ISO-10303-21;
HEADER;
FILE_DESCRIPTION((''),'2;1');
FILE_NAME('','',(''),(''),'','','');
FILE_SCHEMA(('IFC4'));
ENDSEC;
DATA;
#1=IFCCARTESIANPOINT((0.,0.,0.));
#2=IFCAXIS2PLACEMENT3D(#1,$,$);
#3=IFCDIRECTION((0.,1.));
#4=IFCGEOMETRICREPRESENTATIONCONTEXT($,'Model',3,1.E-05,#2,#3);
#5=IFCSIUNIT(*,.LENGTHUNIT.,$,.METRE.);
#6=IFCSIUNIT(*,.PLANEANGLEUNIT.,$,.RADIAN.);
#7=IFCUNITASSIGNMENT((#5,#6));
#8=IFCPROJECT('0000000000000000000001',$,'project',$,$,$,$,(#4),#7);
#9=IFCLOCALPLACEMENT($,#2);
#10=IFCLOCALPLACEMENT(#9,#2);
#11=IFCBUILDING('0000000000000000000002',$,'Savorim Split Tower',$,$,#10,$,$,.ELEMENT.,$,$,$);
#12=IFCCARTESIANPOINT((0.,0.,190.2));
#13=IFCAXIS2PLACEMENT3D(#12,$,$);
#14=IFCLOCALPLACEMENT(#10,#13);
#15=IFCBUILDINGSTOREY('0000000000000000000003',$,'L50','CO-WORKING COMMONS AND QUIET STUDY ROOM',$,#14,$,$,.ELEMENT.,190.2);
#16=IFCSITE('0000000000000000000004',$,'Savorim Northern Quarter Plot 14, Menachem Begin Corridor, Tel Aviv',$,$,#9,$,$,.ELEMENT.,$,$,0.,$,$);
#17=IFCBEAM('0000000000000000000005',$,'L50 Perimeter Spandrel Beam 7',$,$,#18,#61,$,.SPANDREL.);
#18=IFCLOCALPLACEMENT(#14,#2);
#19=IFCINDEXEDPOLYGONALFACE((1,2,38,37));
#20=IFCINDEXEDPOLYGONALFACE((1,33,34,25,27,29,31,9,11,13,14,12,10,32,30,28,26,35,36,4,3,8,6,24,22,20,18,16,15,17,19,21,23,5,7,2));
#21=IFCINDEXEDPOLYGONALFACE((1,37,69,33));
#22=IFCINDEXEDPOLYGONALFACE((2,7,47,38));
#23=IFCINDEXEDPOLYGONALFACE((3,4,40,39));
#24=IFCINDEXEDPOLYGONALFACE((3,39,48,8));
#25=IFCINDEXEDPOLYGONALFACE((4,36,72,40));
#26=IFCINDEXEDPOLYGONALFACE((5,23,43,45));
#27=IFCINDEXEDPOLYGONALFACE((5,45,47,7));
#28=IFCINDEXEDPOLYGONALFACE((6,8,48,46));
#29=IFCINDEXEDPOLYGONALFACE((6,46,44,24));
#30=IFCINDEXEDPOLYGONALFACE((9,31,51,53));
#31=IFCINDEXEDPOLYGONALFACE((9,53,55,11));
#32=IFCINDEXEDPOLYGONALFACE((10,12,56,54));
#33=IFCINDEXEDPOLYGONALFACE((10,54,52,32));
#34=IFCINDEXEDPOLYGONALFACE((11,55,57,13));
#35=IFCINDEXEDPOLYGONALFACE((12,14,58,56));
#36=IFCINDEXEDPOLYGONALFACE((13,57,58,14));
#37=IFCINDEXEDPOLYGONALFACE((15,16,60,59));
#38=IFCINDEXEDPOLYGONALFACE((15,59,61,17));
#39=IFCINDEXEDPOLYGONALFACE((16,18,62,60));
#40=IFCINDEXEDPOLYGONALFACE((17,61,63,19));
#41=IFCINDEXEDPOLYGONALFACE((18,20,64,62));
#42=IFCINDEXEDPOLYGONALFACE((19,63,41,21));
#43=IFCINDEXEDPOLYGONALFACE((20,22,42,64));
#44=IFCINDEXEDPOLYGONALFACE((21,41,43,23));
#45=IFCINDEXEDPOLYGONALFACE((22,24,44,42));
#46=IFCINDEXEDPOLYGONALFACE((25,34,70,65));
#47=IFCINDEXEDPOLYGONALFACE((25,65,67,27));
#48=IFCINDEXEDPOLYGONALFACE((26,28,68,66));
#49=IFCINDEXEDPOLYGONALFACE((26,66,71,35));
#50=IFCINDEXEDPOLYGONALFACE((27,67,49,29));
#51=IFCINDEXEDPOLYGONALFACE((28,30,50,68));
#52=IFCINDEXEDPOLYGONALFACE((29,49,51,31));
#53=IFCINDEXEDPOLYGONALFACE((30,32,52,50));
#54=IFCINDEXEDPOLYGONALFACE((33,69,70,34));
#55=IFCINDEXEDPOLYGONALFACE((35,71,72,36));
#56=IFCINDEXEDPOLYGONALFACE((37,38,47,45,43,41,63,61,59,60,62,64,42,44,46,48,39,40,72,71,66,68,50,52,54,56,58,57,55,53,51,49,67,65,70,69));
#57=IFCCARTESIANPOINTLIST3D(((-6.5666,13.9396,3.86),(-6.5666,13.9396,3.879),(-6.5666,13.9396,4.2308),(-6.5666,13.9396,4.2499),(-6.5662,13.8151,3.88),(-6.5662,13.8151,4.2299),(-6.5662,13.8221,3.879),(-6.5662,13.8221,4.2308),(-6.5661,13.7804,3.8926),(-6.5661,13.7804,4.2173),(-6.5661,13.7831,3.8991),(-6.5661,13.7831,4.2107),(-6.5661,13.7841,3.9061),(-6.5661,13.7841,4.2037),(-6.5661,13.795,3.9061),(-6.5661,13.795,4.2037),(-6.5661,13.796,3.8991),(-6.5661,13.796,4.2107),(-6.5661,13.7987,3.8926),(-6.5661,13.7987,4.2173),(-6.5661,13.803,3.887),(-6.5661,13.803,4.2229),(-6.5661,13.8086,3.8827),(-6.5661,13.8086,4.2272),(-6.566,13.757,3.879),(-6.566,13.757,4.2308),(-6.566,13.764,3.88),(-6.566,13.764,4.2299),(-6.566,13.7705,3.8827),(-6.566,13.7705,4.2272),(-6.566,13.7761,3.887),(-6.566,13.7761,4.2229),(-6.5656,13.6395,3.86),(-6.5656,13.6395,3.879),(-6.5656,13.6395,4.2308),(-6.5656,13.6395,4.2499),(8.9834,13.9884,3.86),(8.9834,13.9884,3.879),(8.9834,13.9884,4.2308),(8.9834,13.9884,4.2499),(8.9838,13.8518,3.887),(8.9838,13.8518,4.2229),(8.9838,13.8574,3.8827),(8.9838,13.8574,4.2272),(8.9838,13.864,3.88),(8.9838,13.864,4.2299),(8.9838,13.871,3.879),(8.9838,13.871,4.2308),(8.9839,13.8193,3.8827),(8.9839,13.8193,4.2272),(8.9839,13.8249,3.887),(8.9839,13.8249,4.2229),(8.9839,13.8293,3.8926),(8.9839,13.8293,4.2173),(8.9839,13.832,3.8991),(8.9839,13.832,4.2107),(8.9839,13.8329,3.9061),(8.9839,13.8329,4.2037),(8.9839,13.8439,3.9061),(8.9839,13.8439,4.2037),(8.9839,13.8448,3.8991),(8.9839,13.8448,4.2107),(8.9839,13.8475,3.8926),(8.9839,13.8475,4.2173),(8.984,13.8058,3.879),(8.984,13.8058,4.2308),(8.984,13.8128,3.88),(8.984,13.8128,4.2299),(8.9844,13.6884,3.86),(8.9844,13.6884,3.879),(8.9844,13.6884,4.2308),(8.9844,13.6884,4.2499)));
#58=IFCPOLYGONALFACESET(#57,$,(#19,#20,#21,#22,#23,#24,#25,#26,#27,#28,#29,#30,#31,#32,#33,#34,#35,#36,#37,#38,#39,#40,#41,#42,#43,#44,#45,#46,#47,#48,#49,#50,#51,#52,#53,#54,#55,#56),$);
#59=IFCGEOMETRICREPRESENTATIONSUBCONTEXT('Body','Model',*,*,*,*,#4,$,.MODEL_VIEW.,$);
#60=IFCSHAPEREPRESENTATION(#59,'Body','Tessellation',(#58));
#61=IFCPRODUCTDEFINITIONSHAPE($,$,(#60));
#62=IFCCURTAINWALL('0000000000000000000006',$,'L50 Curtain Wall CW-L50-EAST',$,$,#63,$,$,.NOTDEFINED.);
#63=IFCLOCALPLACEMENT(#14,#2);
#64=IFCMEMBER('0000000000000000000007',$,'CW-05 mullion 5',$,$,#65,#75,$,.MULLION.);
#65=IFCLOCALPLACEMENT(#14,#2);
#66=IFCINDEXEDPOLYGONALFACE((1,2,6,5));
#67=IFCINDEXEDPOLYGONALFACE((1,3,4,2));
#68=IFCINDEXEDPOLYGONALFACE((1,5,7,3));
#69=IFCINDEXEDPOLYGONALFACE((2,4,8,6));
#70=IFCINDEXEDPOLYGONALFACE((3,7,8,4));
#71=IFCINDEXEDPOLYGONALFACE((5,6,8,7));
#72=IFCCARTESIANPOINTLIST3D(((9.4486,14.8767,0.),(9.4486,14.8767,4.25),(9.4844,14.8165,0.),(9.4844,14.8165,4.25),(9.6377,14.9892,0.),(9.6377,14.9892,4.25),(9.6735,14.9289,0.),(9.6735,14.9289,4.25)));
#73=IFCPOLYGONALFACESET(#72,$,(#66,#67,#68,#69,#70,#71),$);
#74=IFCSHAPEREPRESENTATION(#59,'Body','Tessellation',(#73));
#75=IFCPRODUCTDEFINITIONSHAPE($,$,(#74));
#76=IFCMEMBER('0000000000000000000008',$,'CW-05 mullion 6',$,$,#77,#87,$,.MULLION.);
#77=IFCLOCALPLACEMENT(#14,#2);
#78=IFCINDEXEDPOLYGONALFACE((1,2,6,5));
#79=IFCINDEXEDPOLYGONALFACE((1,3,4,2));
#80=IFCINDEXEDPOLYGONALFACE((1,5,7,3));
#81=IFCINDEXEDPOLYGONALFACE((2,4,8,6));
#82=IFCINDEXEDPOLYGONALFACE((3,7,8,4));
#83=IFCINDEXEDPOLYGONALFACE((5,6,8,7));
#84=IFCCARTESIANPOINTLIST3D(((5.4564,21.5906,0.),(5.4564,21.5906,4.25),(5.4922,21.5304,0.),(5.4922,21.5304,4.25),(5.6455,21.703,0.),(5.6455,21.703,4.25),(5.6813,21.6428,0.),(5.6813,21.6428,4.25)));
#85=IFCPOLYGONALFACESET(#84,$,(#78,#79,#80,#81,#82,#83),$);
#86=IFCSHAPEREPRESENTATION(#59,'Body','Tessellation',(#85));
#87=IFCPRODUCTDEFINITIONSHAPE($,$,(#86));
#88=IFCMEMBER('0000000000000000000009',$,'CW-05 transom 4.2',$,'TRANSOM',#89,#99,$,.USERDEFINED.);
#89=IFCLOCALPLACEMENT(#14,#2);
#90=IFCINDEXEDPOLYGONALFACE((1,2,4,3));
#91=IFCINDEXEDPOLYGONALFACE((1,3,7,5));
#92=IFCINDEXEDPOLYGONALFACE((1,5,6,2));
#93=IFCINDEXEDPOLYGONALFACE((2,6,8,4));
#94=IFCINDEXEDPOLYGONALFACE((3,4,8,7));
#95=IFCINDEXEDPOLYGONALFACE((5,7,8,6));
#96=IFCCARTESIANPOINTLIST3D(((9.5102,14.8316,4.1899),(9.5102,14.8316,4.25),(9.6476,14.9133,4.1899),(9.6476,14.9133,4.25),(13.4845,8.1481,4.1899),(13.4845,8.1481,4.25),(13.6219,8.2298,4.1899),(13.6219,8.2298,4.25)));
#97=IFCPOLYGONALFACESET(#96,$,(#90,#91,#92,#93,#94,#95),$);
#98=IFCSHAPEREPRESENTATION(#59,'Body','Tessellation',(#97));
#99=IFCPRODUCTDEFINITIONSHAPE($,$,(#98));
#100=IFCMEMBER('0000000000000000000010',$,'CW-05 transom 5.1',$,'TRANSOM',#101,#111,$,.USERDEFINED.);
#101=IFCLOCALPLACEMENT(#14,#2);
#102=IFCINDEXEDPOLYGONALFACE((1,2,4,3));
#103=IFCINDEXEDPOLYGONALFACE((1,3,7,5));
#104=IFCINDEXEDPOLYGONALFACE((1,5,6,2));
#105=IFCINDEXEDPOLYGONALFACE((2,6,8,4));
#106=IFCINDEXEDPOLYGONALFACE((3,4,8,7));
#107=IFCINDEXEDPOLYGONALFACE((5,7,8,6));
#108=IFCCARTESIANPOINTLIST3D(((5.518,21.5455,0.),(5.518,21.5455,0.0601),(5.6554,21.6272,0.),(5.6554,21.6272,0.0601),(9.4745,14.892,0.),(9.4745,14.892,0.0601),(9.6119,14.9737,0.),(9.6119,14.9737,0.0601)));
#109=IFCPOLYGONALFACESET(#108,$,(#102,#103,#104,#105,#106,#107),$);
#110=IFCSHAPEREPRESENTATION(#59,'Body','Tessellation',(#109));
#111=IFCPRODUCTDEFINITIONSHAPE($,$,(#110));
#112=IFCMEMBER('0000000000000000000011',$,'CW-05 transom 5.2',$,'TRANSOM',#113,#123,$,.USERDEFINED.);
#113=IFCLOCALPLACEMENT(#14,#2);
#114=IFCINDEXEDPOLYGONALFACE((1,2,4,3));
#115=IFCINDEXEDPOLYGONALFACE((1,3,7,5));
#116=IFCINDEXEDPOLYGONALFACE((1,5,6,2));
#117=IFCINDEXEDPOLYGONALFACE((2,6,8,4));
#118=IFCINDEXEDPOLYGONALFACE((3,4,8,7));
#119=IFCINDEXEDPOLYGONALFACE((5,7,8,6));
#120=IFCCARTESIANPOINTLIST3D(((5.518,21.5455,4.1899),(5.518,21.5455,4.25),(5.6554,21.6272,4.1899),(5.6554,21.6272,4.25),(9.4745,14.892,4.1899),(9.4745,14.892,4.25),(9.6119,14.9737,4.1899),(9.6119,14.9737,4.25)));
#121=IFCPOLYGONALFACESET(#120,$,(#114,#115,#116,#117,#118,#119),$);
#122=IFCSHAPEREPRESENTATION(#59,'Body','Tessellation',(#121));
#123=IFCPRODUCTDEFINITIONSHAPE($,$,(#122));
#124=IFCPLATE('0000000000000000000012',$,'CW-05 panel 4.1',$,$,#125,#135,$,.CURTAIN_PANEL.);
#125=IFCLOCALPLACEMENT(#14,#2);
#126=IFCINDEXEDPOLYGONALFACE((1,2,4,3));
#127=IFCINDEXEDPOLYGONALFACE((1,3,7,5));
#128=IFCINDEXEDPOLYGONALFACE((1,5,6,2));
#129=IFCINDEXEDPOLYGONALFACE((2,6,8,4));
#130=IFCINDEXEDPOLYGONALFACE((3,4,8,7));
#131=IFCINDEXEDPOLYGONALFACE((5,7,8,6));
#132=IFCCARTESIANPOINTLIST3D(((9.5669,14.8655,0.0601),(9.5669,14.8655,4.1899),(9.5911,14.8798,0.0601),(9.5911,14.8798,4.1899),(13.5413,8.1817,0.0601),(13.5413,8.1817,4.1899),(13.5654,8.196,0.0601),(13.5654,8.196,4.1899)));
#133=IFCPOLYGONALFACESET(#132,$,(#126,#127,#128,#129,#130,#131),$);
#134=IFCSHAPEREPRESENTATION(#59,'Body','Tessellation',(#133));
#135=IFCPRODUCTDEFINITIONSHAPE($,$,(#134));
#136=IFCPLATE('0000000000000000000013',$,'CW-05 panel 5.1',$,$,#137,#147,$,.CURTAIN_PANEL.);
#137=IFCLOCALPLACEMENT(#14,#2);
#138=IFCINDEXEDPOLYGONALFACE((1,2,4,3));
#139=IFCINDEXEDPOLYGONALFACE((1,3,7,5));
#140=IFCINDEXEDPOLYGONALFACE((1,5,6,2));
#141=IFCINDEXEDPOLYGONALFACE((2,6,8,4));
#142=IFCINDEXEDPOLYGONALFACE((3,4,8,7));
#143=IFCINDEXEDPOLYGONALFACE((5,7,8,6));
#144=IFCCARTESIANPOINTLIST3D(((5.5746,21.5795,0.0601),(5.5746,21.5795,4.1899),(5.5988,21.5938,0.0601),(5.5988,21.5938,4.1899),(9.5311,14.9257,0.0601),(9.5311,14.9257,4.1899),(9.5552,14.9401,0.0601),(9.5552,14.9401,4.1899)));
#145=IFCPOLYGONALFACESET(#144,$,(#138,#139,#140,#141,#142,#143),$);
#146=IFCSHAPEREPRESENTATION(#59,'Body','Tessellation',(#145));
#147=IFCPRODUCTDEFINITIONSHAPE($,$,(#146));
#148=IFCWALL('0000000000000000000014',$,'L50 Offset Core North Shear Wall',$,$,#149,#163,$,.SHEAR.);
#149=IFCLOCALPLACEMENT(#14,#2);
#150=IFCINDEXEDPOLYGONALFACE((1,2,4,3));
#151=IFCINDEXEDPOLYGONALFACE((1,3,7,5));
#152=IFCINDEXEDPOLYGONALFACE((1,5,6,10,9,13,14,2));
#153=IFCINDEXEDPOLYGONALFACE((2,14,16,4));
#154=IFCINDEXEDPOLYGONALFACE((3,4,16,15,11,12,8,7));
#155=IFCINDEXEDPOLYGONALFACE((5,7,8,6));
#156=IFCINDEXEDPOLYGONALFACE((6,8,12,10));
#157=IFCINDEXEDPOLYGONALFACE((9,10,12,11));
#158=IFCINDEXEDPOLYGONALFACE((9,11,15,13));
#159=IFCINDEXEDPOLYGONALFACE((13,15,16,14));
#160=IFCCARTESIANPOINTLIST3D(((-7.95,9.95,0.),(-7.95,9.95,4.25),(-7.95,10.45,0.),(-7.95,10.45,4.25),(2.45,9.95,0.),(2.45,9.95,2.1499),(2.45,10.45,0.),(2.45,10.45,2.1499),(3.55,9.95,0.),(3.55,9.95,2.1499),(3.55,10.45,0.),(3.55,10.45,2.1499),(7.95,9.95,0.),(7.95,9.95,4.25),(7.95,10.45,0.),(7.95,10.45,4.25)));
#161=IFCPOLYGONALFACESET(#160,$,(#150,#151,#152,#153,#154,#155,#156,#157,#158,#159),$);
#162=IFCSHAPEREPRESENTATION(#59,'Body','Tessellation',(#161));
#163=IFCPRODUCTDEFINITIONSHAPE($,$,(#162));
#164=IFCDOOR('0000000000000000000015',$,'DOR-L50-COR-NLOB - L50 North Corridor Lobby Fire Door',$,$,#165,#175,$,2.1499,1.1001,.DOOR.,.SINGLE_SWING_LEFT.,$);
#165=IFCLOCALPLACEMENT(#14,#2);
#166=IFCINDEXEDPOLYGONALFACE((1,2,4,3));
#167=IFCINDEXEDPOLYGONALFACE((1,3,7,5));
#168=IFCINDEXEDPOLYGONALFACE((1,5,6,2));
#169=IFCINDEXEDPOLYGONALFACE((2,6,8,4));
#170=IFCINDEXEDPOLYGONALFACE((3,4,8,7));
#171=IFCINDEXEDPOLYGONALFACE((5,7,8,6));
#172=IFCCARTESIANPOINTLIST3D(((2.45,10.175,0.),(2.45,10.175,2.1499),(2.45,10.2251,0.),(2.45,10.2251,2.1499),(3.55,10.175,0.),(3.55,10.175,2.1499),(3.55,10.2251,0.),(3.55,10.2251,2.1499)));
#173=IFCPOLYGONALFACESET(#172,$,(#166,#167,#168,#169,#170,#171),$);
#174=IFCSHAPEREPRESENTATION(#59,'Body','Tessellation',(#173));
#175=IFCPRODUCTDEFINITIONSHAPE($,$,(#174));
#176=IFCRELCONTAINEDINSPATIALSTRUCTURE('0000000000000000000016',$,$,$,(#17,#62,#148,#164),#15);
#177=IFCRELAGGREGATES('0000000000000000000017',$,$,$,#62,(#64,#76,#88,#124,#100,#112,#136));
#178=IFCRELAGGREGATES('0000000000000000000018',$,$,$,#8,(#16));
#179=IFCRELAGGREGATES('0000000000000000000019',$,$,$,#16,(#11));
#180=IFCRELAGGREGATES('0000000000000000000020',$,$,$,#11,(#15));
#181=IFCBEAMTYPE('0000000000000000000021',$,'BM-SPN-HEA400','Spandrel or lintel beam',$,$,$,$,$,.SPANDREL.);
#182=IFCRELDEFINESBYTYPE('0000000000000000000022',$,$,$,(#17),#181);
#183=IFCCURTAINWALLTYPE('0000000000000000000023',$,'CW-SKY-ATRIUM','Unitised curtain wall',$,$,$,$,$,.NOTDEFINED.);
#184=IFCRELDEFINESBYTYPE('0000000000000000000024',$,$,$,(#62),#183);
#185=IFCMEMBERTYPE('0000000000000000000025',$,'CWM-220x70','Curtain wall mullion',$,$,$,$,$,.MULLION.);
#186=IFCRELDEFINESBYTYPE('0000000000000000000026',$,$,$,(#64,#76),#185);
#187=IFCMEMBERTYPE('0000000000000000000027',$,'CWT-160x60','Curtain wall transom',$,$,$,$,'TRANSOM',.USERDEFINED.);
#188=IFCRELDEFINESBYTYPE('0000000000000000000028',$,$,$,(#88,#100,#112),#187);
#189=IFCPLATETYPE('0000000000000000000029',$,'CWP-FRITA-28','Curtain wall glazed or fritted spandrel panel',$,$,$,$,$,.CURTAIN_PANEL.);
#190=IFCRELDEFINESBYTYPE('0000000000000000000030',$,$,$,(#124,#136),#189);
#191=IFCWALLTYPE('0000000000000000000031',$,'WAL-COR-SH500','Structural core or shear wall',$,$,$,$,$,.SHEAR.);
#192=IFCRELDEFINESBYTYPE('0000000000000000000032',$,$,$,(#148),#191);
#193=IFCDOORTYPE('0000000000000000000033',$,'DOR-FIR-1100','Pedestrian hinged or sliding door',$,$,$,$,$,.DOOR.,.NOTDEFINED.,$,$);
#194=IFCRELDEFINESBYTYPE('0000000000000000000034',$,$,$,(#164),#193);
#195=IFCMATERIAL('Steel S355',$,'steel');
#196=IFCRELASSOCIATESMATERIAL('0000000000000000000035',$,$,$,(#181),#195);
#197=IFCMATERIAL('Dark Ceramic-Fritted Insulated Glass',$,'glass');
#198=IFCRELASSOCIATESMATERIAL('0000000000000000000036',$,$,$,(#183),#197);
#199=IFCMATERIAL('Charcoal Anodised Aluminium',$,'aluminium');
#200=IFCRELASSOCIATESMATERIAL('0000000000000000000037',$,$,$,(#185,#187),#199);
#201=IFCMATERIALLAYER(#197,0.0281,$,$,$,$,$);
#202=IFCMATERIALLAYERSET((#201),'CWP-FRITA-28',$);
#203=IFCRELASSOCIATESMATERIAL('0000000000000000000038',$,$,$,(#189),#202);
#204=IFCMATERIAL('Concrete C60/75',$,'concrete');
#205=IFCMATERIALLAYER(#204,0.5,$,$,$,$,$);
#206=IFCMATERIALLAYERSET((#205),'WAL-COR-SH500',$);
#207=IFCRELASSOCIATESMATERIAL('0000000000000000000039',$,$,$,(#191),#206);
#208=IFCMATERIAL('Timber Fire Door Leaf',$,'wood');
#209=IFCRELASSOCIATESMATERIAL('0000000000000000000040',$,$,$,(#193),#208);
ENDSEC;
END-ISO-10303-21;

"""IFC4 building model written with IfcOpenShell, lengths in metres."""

from ifc_helpers import new_model, si_unit, direction, frame, frame_2d, origin, origin_2d, place, context, subcontext, project, spatial, rectangle, i_section, extrude, material, layer, layer_set, material_profile, profile_set, type_object, element, fill, aggregate, save


model = new_model("IFC4")

# Units and contexts
model_context = context("Model", 3, precision=1e-05, world=origin(), true_north=direction((0.0, 1.0)))
body_context = subcontext(model_context, "Body", "Model", "MODEL_VIEW")
ifc_project = project(units=[si_unit("LENGTHUNIT", "METRE"), si_unit("PLANEANGLEUNIT", "RADIAN")], contexts=[model_context])

# Site, building, storey
site_placement = place(None, origin())
site = spatial("IfcSite", under=ifc_project, at=site_placement, Name="Savorim Northern Quarter Plot 14, Menachem Begin Corridor, Tel Aviv", CompositionType="ELEMENT", RefElevation=0.0)
building_placement = place(site_placement, origin())
building = spatial("IfcBuilding", under=site, at=building_placement, Name="Savorim Split Tower", CompositionType="ELEMENT")
storey_placement = place(building_placement, frame((0.0, 0.0, 190.2)))
storey = spatial("IfcBuildingStorey", under=building, at=storey_placement, Name="L50", Description="CO-WORKING COMMONS AND QUIET STUDY ROOM", CompositionType="ELEMENT", Elevation=190.2)

# Shared definitions
ifc_material_1 = material(Name="Steel S355", Category="steel")

# Beam
ifc_material_profile_1 = material_profile(ifc_material_1, i_section(OverallWidth=0.3, OverallDepth=0.3899, WebThickness=0.011, FlangeThickness=0.019, FilletRadius=0.0271, at=origin_2d()), Name="HEA 400")
ifc_profile_set_1 = profile_set([ifc_material_profile_1], Name="Steel S355")
beam_type_1 = type_object("IfcBeamType", Name="BM-SPN-HEA400", Description="Spandrel or lintel beam", PredefinedType="SPANDREL", material=ifc_profile_set_1)
beam_1_placement = place(storey_placement, frame((8.9839, 13.8384, 4.0549), z_axis=(-0.999995, -0.00314, 0.0), x_axis=(0.00314, -0.999995, 0.0)))
element("IfcBeam", 1, at=beam_1_placement, inside=storey, type_object=beam_type_1, Name="L50 Perimeter Spandrel Beam 7", PredefinedType="SPANDREL", context=body_context, shape_type="SweptSolid", body=[
    extrude(i_section(OverallWidth=0.3, OverallDepth=0.3899, WebThickness=0.011, FlangeThickness=0.019, FilletRadius=0.0271, at=origin_2d()), origin(), (0.0, 0.0, 1.0), 15.55),
])

# Curtain wall, members, plates
ifc_material_2 = material(Name="Dark Ceramic-Fritted Insulated Glass", Category="glass")
curtain_wall_type = type_object("IfcCurtainWallType", Name="CW-SKY-ATRIUM", Description="Unitised curtain wall", PredefinedType="NOTDEFINED", material=ifc_material_2)
curtain_wall_placement = place(storey_placement, origin())
curtain_wall = element("IfcCurtainWall", 2, at=curtain_wall_placement, inside=storey, type_object=curtain_wall_type, Name="L50 Curtain Wall CW-L50-EAST", PredefinedType="NOTDEFINED")
ifc_material_3 = material(Name="Charcoal Anodised Aluminium", Category="aluminium")
ifc_material_profile_2 = material_profile(ifc_material_3, rectangle(XDim=0.22, YDim=0.0701, at=origin_2d()), Name="ALU-M 220x70")
ifc_profile_set_2 = profile_set([ifc_material_profile_2], Name="Charcoal Anodised Aluminium")
member_type_1 = type_object("IfcMemberType", Name="CWM-220x70", Description="Curtain wall mullion", PredefinedType="MULLION", material=ifc_profile_set_2)
member_1_placement = place(storey_placement, frame((9.561, 14.9028, 0.0), z_axis=(0.0, 0.0, 1.0), x_axis=(-0.859526, -0.511092, 0.0)))
member_1 = element("IfcMember", 3, at=member_1_placement, type_object=member_type_1, Name="CW-05 mullion 5", PredefinedType="MULLION", context=body_context, shape_type="SweptSolid", body=[
    extrude(rectangle(XDim=0.22, YDim=0.0701, at=origin_2d()), origin(), (0.0, 0.0, 1.0), 4.25),
])
member_2_placement = place(storey_placement, frame((5.5688, 21.6167, 0.0), z_axis=(0.0, 0.0, 1.0), x_axis=(-0.859526, -0.511092, 0.0)))
member_2 = element("IfcMember", 4, at=member_2_placement, type_object=member_type_1, Name="CW-05 mullion 6", PredefinedType="MULLION", context=body_context, shape_type="SweptSolid", body=[
    extrude(rectangle(XDim=0.22, YDim=0.0701, at=origin_2d()), origin(), (0.0, 0.0, 1.0), 4.25),
])
ifc_material_profile_3 = material_profile(ifc_material_3, rectangle(XDim=0.1599, YDim=0.0601, at=origin_2d()), Name="ALU-T 160x60")
ifc_profile_set_3 = profile_set([ifc_material_profile_3], Name="Charcoal Anodised Aluminium")
member_type_2 = type_object("IfcMemberType", Name="CWT-160x60", Description="Curtain wall transom", ElementType="TRANSOM", PredefinedType="USERDEFINED", material=ifc_profile_set_3)
member_3_placement = place(storey_placement, frame((13.5532, 8.189, 4.22), z_axis=(-0.511107, 0.859517, 0.0), x_axis=(-0.859517, -0.511107, 0.0)))
member_3 = element("IfcMember", 5, at=member_3_placement, type_object=member_type_2, Name="CW-05 transom 4.2", ObjectType="TRANSOM", PredefinedType="USERDEFINED", context=body_context, shape_type="SweptSolid", body=[
    extrude(rectangle(XDim=0.1599, YDim=0.0601, at=origin_2d()), origin(), (0.0, 0.0, 1.0), 7.7759),
])
member_4_placement = place(storey_placement, frame((9.5432, 14.9329, 0.03), z_axis=(-0.511111, 0.859515, 0.0), x_axis=(-0.859515, -0.511111, 0.0)))
member_4 = element("IfcMember", 6, at=member_4_placement, type_object=member_type_2, Name="CW-05 transom 5.1", ObjectType="TRANSOM", PredefinedType="USERDEFINED", context=body_context, shape_type="SweptSolid", body=[
    extrude(rectangle(XDim=0.1599, YDim=0.0601, at=origin_2d()), origin(), (0.0, 0.0, 1.0), 7.741),
])
member_5_placement = place(storey_placement, frame((9.5432, 14.9329, 4.22), z_axis=(-0.511111, 0.859515, 0.0), x_axis=(-0.859515, -0.511111, 0.0)))
member_5 = element("IfcMember", 7, at=member_5_placement, type_object=member_type_2, Name="CW-05 transom 5.2", ObjectType="TRANSOM", PredefinedType="USERDEFINED", context=body_context, shape_type="SweptSolid", body=[
    extrude(rectangle(XDim=0.1599, YDim=0.0601, at=origin_2d()), origin(), (0.0, 0.0, 1.0), 7.741),
])
ifc_layer_1 = layer(ifc_material_2, 0.0281)
ifc_layer_set_1 = layer_set([ifc_layer_1], Name="CWP-FRITA-28")
plate_type = type_object("IfcPlateType", Name="CWP-FRITA-28", Description="Curtain wall glazed or fritted spandrel panel", PredefinedType="CURTAIN_PANEL", material=ifc_layer_set_1)
plate_1_placement = place(storey_placement, frame((11.5662, 11.5308, 0.0601), z_axis=(0.0, 0.0, 1.0), x_axis=(-0.511092, 0.859526, 0.0)))
plate_1 = element("IfcPlate", 8, at=plate_1_placement, type_object=plate_type, Name="CW-05 panel 4.1", PredefinedType="CURTAIN_PANEL", context=body_context, shape_type="SweptSolid", body=[
    extrude(rectangle(XDim=7.7761, YDim=0.0281, at=origin_2d()), origin(), (0.0, 0.0, 1.0), 4.1299),
])
plate_2_placement = place(storey_placement, frame((7.5649, 18.2598, 0.0601), z_axis=(0.0, 0.0, 1.0), x_axis=(-0.511092, 0.859526, 0.0)))
plate_2 = element("IfcPlate", 9, at=plate_2_placement, type_object=plate_type, Name="CW-05 panel 5.1", PredefinedType="CURTAIN_PANEL", context=body_context, shape_type="SweptSolid", body=[
    extrude(rectangle(XDim=7.7412, YDim=0.0281, at=origin_2d()), origin(), (0.0, 0.0, 1.0), 4.1299),
])
aggregate(curtain_wall, [member_1, member_2, member_3, plate_1, member_4, member_5, plate_2])

# Wall, opening, door
ifc_material_4 = material(Name="Concrete C60/75", Category="concrete")
ifc_layer_2 = layer(ifc_material_4, 0.5)
ifc_layer_set_2 = layer_set([ifc_layer_2], Name="WAL-COR-SH500")
wall_type_1 = type_object("IfcWallType", Name="WAL-COR-SH500", Description="Structural core or shear wall", PredefinedType="SHEAR", material=ifc_layer_set_2)
wall_1_placement = place(storey_placement, frame((7.95, 10.2, 0.0), z_axis=(0.0, 0.0, 1.0), x_axis=(-1.0, 0.0, 0.0)))
wall_1 = element("IfcWall", 10, at=wall_1_placement, inside=storey, type_object=wall_type_1, Name="L50 Offset Core North Shear Wall", PredefinedType="SHEAR", context=body_context, shape_type="SweptSolid", body=[
    extrude(rectangle(XDim=15.8999, YDim=0.5, at=frame_2d((7.95, 0.0))), origin(), (0.0, 0.0, 1.0), 4.25),
])
opening_1_placement = place(wall_1_placement, frame((4.3999, 0.0, 0.0)))
opening_1 = element("IfcOpeningElement", 11, at=opening_1_placement, cuts=wall_1, PredefinedType="OPENING", context=body_context, shape_type="SweptSolid", body=[
    extrude(rectangle(XDim=1.1001, YDim=2.1499, at=frame_2d((0.55, 1.075))), frame((0.0, 0.26, 0.0), z_axis=(0.0, -1.0, 0.0), x_axis=(1.0, 0.0, 0.0)), (0.0, 0.0, 1.0), 0.52),
])
ifc_material_5 = material(Name="Timber Fire Door Leaf", Category="wood")
door_type_1 = type_object("IfcDoorType", Name="DOR-FIR-1100", Description="Pedestrian hinged or sliding door", OperationType="NOTDEFINED", PredefinedType="DOOR", material=ifc_material_5)
door_1_placement = place(opening_1_placement, origin())
door_1 = element("IfcDoor", 12, at=door_1_placement, inside=storey, type_object=door_type_1, Name="DOR-L50-COR-NLOB - L50 North Corridor Lobby Fire Door", OperationType="SINGLE_SWING_LEFT", OverallHeight=2.1499, OverallWidth=1.1001, PredefinedType="DOOR", context=body_context, shape_type="SweptSolid", body=[
    extrude(rectangle(XDim=1.1001, YDim=2.1499, at=frame_2d((0.55, 1.075))), frame((0.0, 0.0249, 0.0), z_axis=(0.0, -1.0, 0.0), x_axis=(1.0, 0.0, 0.0)), (0.0, 0.0, 1.0), 0.05),
])
fill(opening_1, door_1)

save(model, "model.ifc")
